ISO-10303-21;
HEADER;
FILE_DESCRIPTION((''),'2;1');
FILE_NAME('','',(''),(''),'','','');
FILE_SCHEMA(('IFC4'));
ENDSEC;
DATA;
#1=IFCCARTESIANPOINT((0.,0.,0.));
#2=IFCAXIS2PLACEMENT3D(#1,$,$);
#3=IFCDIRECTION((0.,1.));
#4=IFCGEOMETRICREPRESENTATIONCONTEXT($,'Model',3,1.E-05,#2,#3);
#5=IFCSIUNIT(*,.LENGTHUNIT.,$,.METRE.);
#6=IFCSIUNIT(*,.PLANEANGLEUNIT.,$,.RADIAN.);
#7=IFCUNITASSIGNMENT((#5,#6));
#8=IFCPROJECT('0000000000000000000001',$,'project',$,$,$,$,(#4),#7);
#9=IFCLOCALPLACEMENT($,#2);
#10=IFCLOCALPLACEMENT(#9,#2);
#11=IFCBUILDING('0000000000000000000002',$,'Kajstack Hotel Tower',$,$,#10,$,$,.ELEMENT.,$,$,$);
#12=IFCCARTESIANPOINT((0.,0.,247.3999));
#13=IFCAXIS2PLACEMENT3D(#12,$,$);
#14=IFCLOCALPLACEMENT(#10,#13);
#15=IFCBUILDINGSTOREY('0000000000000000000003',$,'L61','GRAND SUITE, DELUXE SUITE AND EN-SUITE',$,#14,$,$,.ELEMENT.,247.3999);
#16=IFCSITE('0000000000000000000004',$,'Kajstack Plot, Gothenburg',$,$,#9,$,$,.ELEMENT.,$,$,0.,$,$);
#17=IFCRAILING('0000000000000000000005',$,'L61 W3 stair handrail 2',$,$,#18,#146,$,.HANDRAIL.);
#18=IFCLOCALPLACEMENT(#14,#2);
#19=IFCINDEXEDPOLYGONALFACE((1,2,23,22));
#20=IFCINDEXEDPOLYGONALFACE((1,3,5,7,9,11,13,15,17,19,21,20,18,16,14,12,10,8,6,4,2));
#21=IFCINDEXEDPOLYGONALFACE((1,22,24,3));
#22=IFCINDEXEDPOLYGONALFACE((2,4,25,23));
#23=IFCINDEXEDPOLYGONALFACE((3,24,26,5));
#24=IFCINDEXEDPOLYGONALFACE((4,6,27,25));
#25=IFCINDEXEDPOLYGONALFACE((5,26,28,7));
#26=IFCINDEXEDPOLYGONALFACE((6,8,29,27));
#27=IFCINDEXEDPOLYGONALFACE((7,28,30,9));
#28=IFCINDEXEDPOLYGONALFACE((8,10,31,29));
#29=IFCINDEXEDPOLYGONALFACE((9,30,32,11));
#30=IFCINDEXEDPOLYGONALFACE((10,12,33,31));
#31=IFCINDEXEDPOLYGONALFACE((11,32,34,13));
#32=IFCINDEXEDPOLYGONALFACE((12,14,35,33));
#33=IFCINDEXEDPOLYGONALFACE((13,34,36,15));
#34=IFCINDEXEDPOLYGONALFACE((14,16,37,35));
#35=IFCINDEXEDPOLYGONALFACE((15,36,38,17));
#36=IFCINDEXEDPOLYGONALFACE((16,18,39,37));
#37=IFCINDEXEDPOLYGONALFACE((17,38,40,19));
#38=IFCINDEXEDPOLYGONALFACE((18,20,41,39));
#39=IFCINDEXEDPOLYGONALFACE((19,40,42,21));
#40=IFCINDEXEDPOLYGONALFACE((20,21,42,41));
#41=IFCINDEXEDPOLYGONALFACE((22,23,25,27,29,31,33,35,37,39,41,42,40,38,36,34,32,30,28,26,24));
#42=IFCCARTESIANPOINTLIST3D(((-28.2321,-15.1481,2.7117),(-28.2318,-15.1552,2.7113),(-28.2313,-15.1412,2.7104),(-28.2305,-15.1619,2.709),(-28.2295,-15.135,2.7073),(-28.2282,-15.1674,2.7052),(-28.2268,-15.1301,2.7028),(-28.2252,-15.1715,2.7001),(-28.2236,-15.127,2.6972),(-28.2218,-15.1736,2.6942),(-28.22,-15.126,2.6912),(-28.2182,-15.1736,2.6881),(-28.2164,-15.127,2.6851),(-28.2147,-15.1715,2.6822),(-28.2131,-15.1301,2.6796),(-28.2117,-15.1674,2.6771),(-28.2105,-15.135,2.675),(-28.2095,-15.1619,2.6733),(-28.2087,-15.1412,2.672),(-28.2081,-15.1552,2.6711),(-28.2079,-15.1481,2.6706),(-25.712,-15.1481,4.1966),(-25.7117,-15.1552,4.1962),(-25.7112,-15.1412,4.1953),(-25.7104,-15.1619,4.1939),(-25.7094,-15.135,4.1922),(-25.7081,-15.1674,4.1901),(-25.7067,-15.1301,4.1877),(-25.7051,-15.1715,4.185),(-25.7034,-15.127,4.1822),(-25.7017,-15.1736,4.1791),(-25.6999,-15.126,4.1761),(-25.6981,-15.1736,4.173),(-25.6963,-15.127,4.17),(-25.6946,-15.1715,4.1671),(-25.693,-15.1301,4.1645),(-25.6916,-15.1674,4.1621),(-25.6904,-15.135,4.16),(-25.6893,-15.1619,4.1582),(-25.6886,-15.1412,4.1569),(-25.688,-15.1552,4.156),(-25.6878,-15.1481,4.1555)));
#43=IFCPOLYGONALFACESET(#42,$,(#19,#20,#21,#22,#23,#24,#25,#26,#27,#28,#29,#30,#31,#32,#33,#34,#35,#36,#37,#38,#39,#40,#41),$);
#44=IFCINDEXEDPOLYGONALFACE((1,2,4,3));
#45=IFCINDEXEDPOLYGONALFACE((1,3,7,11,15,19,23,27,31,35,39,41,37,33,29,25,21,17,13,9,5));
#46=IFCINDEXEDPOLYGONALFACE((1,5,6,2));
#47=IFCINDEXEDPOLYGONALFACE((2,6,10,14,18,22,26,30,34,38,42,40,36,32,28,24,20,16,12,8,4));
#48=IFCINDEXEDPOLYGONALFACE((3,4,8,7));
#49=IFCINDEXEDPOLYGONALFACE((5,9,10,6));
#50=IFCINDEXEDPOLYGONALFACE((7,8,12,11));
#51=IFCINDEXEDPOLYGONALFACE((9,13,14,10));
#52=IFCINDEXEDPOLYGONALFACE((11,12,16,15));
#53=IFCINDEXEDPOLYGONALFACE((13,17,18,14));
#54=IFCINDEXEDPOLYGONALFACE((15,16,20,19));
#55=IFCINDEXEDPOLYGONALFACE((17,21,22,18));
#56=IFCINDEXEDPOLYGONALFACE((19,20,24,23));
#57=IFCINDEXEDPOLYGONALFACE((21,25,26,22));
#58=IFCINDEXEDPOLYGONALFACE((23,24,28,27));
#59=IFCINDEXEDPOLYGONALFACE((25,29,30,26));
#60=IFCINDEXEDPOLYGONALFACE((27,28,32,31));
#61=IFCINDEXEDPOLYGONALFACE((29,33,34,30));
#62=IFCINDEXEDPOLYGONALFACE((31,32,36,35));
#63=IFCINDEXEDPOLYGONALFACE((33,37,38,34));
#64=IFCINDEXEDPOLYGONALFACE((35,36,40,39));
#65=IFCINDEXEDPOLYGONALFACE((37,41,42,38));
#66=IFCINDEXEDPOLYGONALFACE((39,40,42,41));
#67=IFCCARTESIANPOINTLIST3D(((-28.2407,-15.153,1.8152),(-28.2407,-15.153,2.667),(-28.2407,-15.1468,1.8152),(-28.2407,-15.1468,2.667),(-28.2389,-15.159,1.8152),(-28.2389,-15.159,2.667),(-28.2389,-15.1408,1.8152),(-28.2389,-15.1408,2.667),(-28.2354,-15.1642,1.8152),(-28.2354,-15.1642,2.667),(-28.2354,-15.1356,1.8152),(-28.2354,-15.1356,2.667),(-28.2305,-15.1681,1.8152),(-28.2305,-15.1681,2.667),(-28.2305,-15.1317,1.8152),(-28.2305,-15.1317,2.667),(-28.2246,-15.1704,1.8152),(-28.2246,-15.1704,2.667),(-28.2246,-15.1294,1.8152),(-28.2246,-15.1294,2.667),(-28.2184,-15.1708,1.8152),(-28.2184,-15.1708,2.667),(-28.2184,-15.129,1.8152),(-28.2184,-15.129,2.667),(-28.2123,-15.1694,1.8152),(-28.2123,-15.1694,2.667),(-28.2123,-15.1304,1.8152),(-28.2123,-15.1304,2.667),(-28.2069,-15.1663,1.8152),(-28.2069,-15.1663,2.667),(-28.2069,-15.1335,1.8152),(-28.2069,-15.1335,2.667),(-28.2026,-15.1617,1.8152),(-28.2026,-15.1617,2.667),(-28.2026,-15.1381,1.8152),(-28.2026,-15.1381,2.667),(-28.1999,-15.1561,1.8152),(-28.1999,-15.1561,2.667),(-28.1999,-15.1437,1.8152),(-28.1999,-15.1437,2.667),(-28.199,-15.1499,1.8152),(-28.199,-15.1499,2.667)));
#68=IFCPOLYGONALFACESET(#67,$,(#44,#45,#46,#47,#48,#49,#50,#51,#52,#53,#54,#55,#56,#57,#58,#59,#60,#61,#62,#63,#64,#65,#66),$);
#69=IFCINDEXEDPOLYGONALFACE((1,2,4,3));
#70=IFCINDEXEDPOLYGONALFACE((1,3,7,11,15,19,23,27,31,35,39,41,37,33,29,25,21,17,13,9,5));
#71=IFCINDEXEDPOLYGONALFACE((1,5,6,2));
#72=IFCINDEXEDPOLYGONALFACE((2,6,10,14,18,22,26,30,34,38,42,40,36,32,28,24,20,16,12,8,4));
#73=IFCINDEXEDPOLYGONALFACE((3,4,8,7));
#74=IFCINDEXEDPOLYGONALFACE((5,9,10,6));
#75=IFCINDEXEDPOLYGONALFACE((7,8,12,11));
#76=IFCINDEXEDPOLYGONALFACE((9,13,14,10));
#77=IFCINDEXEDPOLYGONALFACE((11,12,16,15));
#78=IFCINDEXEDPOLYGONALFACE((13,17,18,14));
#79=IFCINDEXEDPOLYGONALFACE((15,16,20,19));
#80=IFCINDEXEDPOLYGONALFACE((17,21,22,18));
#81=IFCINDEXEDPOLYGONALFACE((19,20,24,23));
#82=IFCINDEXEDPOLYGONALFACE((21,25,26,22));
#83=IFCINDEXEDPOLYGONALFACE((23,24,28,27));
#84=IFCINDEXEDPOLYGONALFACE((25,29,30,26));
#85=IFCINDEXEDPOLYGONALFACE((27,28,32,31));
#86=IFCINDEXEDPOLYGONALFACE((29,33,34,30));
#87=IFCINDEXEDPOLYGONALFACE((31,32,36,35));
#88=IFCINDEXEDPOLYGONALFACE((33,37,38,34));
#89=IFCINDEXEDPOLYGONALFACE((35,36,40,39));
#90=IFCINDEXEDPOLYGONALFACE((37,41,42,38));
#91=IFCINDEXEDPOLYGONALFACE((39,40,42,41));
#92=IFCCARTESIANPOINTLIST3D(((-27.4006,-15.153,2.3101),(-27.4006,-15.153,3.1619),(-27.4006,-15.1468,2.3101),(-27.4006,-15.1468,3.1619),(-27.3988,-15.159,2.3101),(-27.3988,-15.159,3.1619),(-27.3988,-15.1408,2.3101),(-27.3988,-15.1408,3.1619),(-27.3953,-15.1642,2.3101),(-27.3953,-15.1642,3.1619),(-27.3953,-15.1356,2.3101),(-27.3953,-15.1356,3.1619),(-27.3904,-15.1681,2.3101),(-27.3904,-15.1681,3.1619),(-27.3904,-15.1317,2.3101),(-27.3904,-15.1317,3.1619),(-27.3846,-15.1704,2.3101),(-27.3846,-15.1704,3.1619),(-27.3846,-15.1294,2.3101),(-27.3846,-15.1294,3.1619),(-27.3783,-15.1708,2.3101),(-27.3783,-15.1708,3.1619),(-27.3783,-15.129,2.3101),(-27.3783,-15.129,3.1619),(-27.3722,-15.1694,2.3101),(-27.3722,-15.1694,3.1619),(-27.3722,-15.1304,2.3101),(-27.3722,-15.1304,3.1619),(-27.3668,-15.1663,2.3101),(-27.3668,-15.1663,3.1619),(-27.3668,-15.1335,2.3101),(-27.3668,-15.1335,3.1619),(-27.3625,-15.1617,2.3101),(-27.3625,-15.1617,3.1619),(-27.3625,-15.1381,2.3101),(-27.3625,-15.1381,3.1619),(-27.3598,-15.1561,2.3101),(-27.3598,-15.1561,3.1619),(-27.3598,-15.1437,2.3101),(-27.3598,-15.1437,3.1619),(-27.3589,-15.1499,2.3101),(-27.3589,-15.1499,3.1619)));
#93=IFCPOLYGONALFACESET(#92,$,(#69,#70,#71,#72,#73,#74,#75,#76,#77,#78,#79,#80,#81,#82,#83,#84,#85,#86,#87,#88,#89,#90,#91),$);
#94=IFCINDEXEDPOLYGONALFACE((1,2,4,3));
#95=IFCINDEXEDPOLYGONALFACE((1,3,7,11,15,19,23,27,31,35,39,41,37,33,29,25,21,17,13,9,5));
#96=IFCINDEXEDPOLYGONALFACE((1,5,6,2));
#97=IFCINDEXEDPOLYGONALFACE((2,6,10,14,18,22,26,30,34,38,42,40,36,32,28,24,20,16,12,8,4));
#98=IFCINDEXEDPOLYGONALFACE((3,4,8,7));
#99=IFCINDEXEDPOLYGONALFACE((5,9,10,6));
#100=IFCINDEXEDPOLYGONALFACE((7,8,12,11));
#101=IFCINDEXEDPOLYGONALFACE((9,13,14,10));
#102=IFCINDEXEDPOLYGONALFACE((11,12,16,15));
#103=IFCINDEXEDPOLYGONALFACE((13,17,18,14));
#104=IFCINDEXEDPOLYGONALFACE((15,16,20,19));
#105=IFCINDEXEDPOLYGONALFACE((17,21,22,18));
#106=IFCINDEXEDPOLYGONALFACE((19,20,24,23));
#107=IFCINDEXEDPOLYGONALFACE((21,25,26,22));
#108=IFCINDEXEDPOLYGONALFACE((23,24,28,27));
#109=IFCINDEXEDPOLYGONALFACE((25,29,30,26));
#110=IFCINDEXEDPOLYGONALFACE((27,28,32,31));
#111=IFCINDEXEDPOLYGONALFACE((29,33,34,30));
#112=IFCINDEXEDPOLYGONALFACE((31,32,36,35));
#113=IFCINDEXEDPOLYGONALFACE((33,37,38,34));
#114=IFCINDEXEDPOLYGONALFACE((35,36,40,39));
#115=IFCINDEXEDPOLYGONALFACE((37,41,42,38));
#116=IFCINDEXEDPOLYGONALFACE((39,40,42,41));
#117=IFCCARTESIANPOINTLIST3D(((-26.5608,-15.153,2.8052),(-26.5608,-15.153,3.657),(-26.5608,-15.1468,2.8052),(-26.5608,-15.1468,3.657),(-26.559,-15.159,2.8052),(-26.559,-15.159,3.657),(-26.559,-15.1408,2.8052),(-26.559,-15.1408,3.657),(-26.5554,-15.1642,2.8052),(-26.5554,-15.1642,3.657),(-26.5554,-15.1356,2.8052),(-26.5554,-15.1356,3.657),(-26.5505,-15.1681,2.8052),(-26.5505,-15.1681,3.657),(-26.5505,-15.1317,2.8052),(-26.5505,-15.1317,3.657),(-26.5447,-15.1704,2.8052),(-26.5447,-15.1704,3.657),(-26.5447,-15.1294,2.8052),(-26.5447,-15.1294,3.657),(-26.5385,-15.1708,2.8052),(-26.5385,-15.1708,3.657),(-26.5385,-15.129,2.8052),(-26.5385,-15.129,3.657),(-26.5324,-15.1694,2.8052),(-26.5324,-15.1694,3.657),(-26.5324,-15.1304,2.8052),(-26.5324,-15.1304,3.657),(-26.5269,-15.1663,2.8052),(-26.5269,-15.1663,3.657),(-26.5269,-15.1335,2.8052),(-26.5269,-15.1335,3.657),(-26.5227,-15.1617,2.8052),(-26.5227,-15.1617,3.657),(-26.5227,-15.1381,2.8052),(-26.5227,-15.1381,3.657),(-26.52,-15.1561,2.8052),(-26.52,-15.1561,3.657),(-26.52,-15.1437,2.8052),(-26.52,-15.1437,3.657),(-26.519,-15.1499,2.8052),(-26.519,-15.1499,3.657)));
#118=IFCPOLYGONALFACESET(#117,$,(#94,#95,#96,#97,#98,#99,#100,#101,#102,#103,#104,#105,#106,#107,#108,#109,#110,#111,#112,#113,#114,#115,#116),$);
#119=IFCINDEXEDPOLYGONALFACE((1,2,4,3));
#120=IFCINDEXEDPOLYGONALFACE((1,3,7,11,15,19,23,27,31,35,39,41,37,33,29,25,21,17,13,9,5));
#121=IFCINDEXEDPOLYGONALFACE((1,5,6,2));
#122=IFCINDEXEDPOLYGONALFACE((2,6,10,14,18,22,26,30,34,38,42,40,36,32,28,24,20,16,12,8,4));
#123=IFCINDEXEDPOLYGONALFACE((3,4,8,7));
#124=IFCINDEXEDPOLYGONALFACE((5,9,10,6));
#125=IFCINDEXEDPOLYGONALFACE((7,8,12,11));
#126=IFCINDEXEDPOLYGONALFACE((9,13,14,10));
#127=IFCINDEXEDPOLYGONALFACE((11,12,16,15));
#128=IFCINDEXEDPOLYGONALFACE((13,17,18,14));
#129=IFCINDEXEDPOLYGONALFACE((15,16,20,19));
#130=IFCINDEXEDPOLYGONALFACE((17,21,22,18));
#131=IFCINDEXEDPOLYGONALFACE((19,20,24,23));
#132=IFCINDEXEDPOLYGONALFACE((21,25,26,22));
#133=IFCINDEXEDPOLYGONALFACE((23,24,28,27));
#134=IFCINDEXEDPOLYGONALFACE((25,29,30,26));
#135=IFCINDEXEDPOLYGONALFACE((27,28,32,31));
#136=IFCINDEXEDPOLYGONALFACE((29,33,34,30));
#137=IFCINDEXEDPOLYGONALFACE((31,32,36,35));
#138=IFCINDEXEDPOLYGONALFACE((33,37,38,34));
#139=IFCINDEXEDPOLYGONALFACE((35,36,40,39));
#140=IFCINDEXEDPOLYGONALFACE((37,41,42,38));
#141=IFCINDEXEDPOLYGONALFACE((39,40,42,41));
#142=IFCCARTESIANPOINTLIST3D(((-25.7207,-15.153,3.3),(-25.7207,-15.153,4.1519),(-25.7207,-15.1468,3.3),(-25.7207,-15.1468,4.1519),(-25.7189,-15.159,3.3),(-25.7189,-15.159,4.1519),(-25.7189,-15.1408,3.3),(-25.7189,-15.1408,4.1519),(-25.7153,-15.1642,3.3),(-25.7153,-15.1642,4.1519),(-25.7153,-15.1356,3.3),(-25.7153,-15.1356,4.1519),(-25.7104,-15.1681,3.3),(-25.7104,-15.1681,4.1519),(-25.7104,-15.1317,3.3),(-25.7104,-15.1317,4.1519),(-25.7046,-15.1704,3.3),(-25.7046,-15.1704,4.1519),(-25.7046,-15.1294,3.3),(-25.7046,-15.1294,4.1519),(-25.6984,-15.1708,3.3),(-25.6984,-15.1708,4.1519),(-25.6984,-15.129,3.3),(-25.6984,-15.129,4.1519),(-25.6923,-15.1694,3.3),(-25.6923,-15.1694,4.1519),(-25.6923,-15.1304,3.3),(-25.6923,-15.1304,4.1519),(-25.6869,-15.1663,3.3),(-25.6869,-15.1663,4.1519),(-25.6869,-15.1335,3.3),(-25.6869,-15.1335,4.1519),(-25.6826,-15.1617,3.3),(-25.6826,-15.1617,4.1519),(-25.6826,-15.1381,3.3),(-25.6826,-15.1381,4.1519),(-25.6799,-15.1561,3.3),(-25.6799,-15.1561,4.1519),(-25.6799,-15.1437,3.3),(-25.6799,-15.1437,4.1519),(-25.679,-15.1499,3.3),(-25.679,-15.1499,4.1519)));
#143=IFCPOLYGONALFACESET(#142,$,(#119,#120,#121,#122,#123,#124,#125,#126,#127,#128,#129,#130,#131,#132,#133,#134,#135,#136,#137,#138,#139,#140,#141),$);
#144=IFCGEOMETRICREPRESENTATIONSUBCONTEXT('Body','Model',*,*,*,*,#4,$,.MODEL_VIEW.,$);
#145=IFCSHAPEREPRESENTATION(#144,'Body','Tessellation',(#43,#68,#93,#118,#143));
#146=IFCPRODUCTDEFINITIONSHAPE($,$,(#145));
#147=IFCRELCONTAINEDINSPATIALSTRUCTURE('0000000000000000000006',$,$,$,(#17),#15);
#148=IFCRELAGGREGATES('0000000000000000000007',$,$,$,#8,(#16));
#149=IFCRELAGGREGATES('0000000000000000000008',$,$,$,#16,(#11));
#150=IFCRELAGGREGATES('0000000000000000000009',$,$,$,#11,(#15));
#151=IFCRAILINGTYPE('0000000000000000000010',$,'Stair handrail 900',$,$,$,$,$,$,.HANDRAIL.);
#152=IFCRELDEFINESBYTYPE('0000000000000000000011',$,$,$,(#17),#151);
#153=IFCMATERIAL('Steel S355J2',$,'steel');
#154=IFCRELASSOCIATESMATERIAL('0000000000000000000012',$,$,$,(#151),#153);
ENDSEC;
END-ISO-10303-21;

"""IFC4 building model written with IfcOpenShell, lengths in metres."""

from ifc_helpers import new_model, si_unit, direction, frame, origin, origin_2d, place, context, subcontext, project, spatial, circle, extrude, material, type_object, element, save


model = new_model("IFC4")

# Units and contexts
model_context = context("Model", 3, precision=1e-05, world=origin(), true_north=direction((0.0, 1.0)))
body_context = subcontext(model_context, "Body", "Model", "MODEL_VIEW")
ifc_project = project(units=[si_unit("LENGTHUNIT", "METRE"), si_unit("PLANEANGLEUNIT", "RADIAN")], contexts=[model_context])

# Site, building, storey
site_placement = place(None, origin())
site = spatial("IfcSite", under=ifc_project, at=site_placement, Name="Kajstack Plot, Gothenburg", CompositionType="ELEMENT", RefElevation=0.0)
building_placement = place(site_placement, origin())
building = spatial("IfcBuilding", under=site, at=building_placement, Name="Kajstack Hotel Tower", CompositionType="ELEMENT")
storey_placement = place(building_placement, frame((0.0, 0.0, 247.3999)))
storey = spatial("IfcBuildingStorey", under=building, at=storey_placement, Name="L61", Description="GRAND SUITE, DELUXE SUITE AND EN-SUITE", CompositionType="ELEMENT", Elevation=247.3999)

# Railing
ifc_material_1 = material(Name="Steel S355J2", Category="steel")
railing_type_1 = type_object("IfcRailingType", Name="Stair handrail 900", PredefinedType="HANDRAIL", material=ifc_material_1)
railing_1_placement = place(storey_placement, frame((-28.22, -15.1499, 1.8152)))
element("IfcRailing", 1, at=railing_1_placement, inside=storey, type_object=railing_type_1, Name="L61 W3 stair handrail 2", PredefinedType="HANDRAIL", context=body_context, shape_type="SweptSolid", body=[
    extrude(circle(Radius=0.0239, at=origin_2d()), frame((0.0, 0.0, 0.876), z_axis=(0.861561, 0.0, 0.507655), x_axis=(0.0, 1.0, 0.0)), (0.0, 0.0, 1.0), 2.925),
    extrude(circle(Radius=0.021, at=origin_2d()), origin(), (0.0, 0.0, 1.0), 0.8518),
    extrude(circle(Radius=0.021, at=origin_2d()), frame((0.8401, 0.0, 0.4949)), (0.0, 0.0, 1.0), 0.8518),
    extrude(circle(Radius=0.021, at=origin_2d()), frame((1.6799, 0.0, 0.99)), (0.0, 0.0, 1.0), 0.8518),
    extrude(circle(Radius=0.021, at=origin_2d()), frame((2.52, 0.0, 1.4849)), (0.0, 0.0, 1.0), 0.8518),
])

save(model, "model.ifc")
